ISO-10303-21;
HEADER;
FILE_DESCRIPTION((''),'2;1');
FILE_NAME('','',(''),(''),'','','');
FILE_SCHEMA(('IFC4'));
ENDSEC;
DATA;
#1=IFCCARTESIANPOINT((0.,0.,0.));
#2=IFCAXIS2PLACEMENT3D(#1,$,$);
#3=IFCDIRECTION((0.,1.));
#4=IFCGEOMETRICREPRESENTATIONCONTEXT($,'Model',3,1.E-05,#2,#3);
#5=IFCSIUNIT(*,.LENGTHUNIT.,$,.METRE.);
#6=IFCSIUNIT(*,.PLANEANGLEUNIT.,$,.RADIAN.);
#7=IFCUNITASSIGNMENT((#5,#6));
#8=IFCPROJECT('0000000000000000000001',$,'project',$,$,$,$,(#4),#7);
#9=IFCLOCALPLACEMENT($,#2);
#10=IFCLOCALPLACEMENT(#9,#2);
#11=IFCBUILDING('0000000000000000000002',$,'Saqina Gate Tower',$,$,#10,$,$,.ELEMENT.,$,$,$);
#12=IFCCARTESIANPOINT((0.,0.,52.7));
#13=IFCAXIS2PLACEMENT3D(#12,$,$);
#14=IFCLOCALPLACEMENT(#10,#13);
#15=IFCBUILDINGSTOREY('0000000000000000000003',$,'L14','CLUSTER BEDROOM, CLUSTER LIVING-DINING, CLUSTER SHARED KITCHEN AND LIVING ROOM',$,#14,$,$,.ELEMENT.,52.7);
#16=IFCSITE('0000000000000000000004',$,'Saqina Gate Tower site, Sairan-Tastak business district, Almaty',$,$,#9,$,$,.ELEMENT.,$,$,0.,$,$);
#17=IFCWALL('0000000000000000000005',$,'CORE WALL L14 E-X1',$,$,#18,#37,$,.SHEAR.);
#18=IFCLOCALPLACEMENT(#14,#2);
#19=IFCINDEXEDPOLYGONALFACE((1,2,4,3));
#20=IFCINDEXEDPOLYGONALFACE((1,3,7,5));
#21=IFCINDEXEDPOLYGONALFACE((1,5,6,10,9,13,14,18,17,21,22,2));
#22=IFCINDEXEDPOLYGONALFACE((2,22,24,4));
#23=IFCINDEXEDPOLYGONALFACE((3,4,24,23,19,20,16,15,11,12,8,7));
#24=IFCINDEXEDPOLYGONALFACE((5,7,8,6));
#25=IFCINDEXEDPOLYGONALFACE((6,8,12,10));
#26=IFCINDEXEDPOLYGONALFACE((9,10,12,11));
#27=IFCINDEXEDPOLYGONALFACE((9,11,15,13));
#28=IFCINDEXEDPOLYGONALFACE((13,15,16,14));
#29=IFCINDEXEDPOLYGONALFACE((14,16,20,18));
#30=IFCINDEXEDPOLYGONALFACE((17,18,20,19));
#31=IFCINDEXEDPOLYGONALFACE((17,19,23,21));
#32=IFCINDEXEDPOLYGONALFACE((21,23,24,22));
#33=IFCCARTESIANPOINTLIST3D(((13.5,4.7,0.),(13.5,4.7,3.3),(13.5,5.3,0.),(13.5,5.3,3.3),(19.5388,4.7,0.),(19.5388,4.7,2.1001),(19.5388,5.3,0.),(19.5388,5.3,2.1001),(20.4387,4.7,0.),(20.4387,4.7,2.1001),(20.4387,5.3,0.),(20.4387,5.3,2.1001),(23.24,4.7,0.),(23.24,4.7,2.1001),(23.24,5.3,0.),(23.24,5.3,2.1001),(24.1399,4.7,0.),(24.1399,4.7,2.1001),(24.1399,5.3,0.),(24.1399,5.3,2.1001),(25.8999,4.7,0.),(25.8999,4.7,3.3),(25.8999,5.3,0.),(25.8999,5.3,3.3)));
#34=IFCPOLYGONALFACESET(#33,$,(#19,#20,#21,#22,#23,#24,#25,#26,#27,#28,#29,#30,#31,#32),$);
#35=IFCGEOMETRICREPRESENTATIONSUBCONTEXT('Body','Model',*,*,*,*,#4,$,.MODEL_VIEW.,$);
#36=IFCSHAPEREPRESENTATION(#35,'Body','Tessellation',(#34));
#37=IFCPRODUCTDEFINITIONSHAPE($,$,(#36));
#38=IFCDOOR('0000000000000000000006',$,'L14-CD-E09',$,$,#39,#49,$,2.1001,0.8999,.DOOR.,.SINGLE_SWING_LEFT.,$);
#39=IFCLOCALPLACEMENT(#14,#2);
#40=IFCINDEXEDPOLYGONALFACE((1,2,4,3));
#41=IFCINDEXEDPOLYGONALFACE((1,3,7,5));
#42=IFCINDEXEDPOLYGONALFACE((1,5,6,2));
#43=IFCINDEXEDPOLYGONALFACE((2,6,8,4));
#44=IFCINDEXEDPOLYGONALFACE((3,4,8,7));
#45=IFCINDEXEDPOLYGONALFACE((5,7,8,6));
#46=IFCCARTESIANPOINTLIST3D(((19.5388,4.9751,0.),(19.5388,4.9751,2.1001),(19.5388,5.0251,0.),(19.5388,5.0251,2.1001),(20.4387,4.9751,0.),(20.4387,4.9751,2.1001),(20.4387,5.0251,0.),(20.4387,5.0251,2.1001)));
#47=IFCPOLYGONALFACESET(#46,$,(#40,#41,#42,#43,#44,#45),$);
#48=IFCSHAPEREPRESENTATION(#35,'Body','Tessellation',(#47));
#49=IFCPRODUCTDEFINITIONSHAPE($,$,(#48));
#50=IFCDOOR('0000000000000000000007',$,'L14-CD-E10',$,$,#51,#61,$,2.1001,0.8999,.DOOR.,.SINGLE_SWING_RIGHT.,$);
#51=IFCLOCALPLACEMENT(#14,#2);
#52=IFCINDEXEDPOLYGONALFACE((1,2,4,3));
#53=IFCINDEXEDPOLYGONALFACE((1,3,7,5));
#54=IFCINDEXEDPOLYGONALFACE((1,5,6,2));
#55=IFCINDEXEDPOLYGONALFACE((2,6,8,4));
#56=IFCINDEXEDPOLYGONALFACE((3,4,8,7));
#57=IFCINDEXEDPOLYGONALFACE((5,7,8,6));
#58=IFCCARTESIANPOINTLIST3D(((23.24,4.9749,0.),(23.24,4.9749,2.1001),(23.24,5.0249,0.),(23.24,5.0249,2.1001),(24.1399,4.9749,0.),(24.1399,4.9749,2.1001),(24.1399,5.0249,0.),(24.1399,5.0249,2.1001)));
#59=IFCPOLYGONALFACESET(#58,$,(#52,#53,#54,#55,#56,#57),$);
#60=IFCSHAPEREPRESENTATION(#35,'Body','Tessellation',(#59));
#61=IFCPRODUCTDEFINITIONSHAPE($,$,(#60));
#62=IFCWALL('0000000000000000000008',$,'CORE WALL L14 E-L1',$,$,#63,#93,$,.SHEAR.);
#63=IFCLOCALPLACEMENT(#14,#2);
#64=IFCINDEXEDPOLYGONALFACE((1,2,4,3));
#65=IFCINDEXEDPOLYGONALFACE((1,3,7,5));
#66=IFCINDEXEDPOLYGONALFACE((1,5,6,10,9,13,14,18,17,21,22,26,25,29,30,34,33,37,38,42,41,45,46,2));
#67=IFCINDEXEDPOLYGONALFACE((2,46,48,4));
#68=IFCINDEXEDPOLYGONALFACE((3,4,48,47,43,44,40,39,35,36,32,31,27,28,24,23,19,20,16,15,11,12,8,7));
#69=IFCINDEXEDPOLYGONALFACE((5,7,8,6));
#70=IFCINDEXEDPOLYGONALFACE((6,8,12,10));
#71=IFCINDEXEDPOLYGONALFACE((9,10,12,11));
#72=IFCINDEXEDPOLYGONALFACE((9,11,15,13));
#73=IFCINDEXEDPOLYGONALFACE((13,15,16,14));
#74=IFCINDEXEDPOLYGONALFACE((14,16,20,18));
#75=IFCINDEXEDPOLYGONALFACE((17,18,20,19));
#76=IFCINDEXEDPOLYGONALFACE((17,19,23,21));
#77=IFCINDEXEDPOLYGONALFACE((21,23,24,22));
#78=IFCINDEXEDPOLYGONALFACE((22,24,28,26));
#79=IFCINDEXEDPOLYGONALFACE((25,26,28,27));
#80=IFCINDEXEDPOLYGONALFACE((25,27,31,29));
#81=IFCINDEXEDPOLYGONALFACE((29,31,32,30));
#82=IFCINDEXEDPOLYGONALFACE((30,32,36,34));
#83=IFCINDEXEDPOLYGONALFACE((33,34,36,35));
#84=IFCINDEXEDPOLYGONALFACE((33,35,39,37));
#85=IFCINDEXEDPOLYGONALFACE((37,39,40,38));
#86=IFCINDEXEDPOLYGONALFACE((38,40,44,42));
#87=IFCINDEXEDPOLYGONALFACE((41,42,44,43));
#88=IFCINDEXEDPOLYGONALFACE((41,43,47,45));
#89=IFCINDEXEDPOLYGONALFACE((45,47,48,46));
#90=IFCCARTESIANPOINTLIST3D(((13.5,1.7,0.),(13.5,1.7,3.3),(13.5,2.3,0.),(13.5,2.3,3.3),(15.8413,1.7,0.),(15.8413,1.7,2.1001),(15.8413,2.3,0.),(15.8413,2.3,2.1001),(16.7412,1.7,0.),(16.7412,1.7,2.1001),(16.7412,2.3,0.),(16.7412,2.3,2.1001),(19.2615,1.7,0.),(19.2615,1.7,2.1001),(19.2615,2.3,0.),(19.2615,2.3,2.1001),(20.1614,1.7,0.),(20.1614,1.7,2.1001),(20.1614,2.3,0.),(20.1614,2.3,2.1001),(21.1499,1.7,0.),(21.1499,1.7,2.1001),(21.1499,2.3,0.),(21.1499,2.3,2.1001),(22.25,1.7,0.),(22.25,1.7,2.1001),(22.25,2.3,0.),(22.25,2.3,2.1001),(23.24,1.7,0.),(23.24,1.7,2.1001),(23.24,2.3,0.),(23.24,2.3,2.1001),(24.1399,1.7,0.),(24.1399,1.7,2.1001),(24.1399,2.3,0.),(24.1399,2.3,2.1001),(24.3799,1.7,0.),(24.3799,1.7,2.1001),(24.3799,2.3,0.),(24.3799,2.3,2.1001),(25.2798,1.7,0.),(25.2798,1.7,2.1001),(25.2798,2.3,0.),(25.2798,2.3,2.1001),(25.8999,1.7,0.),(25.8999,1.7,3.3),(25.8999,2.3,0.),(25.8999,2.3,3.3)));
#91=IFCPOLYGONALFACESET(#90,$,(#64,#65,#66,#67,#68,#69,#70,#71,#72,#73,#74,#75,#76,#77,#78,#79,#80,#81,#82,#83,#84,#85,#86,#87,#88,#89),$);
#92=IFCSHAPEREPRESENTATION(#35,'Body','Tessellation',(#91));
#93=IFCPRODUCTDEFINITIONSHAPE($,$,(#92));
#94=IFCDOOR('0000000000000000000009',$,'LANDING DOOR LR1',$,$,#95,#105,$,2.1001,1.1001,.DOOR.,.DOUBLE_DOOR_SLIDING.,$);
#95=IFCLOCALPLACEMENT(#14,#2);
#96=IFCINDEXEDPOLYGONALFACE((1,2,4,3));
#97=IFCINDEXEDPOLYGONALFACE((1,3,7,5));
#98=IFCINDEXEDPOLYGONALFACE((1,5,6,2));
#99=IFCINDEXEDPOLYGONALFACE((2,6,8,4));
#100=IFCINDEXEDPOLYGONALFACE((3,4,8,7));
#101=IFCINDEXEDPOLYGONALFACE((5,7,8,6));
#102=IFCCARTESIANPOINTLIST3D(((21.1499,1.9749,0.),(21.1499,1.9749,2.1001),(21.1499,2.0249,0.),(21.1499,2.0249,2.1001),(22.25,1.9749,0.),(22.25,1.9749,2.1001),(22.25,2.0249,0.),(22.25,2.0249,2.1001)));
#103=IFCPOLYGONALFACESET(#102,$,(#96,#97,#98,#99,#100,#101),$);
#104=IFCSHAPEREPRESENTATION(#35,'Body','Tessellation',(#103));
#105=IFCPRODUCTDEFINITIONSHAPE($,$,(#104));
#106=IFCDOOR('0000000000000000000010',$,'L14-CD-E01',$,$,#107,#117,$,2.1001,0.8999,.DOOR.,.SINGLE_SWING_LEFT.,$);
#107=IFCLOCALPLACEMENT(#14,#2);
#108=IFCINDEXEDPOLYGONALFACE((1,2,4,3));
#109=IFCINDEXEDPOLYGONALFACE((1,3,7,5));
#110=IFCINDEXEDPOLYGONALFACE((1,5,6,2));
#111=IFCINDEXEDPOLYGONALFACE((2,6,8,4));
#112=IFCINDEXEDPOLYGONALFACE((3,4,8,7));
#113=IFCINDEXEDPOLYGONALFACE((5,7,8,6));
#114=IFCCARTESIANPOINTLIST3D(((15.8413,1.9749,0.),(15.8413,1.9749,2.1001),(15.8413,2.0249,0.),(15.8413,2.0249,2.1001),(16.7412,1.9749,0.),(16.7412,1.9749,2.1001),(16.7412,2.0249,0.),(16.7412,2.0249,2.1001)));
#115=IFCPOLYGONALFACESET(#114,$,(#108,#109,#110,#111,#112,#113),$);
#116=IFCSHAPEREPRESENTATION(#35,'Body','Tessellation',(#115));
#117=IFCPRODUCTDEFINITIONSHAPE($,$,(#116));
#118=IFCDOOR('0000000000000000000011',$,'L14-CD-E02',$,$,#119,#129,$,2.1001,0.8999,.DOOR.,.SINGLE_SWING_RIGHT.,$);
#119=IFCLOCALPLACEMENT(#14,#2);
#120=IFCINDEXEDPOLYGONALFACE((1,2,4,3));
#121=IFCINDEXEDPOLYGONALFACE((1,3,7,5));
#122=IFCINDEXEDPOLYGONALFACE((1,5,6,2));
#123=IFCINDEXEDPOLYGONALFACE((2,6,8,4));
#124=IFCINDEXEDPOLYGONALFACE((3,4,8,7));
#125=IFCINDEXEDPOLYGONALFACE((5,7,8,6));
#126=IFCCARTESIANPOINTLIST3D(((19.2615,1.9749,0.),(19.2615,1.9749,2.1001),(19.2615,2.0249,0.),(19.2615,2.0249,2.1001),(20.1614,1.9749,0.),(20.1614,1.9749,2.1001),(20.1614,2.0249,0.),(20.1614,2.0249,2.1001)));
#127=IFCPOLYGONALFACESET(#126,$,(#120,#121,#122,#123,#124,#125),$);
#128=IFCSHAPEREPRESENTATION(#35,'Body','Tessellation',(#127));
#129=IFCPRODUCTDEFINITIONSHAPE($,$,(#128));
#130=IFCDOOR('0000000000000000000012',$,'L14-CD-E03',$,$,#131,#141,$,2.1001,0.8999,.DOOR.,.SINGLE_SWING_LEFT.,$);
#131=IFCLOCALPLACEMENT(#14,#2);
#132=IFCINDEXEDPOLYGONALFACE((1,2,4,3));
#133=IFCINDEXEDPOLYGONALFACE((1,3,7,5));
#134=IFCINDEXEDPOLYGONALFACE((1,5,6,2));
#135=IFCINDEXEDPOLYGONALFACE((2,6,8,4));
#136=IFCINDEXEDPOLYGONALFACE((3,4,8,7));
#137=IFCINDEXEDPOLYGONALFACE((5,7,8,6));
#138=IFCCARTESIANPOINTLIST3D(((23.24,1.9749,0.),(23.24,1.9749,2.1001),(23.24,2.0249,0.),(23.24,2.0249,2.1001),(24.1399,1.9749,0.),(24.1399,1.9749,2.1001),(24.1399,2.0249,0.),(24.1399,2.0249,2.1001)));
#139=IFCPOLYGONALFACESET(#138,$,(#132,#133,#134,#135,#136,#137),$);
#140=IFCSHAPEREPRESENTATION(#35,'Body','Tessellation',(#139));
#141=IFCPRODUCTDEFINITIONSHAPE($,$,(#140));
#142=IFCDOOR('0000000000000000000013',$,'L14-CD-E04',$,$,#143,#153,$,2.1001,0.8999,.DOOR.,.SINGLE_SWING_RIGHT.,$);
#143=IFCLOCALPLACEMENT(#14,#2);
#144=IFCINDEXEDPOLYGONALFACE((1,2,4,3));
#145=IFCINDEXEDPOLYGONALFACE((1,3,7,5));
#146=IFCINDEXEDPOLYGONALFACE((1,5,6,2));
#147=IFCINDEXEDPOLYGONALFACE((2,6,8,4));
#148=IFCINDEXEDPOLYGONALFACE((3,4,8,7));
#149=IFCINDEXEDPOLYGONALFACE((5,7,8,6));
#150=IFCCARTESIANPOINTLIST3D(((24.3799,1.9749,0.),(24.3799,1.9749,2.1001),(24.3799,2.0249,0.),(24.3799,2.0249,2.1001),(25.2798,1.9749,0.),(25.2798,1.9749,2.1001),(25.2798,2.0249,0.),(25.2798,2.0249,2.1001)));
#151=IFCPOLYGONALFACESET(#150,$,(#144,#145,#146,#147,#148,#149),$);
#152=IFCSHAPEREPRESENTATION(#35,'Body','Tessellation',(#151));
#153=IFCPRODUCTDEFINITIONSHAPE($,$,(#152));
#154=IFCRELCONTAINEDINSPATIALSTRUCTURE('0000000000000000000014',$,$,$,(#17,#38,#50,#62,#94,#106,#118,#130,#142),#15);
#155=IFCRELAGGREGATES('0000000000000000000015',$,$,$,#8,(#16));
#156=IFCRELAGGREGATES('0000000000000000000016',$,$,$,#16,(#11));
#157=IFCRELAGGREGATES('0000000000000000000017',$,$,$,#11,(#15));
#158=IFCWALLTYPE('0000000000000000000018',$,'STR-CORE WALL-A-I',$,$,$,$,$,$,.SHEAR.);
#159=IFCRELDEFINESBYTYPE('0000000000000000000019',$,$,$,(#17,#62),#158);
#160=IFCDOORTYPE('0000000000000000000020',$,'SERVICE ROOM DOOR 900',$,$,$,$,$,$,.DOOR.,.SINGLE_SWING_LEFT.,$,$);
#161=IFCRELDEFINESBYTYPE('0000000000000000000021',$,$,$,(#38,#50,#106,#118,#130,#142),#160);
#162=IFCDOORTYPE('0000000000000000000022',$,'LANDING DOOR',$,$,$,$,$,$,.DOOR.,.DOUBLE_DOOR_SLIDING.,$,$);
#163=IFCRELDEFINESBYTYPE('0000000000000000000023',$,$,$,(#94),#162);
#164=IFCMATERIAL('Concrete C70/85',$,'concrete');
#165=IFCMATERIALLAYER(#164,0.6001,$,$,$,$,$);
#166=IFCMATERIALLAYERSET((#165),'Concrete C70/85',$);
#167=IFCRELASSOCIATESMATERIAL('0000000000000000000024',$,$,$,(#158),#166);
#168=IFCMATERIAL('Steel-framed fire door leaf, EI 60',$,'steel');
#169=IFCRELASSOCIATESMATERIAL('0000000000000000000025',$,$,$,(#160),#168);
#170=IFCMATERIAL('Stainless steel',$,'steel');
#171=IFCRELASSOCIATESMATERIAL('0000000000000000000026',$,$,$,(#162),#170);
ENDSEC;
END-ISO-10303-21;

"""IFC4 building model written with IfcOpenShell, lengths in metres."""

from ifc_helpers import new_model, si_unit, direction, frame, frame_2d, origin, place, context, subcontext, project, spatial, rectangle, extrude, material, layer, layer_set, type_object, element, fill, save


model = new_model("IFC4")

# Units and contexts
model_context = context("Model", 3, precision=1e-05, world=origin(), true_north=direction((0.0, 1.0)))
body_context = subcontext(model_context, "Body", "Model", "MODEL_VIEW")
ifc_project = project(units=[si_unit("LENGTHUNIT", "METRE"), si_unit("PLANEANGLEUNIT", "RADIAN")], contexts=[model_context])

# Site, building, storey
site_placement = place(None, origin())
site = spatial("IfcSite", under=ifc_project, at=site_placement, Name="Saqina Gate Tower site, Sairan-Tastak business district, Almaty", CompositionType="ELEMENT", RefElevation=0.0)
building_placement = place(site_placement, origin())
building = spatial("IfcBuilding", under=site, at=building_placement, Name="Saqina Gate Tower", CompositionType="ELEMENT")
storey_placement = place(building_placement, frame((0.0, 0.0, 52.7)))
storey = spatial("IfcBuildingStorey", under=building, at=storey_placement, Name="L14", Description="CLUSTER BEDROOM, CLUSTER LIVING-DINING, CLUSTER SHARED KITCHEN AND LIVING ROOM", CompositionType="ELEMENT", Elevation=52.7)

# Walls, openings, doors
ifc_material_1 = material(Name="Concrete C70/85", Category="concrete")
ifc_layer_1 = layer(ifc_material_1, 0.6001)
ifc_layer_set_1 = layer_set([ifc_layer_1], Name="Concrete C70/85")
wall_type_1 = type_object("IfcWallType", Name="STR-CORE WALL-A-I", PredefinedType="SHEAR", material=ifc_layer_set_1)
wall_1_placement = place(storey_placement, frame((13.5, 5.0, 0.0), z_axis=(0.0, 0.0, 1.0), x_axis=(1.0, 0.0, 0.0)))
wall_1 = element("IfcWall", 1, at=wall_1_placement, inside=storey, type_object=wall_type_1, Name="CORE WALL L14 E-X1", PredefinedType="SHEAR", context=body_context, shape_type="SweptSolid", body=[
    extrude(rectangle(XDim=12.3999, YDim=0.6001, at=frame_2d((6.2, 0.0))), origin(), (0.0, 0.0, 1.0), 3.3),
])
opening_1_placement = place(wall_1_placement, frame((6.0388, 0.0, 0.0)))
opening_1 = element("IfcOpeningElement", 2, at=opening_1_placement, cuts=wall_1, PredefinedType="OPENING", context=body_context, shape_type="SweptSolid", body=[
    extrude(rectangle(XDim=0.8999, YDim=2.1001, at=frame_2d((0.45, 1.05))), frame((0.0, 0.312, 0.0), z_axis=(0.0, -1.0, 0.0), x_axis=(1.0, 0.0, 0.0)), (0.0, 0.0, 1.0), 0.624),
])
opening_2_placement = place(wall_1_placement, frame((9.74, 0.0, 0.0)))
opening_2 = element("IfcOpeningElement", 3, at=opening_2_placement, cuts=wall_1, PredefinedType="OPENING", context=body_context, shape_type="SweptSolid", body=[
    extrude(rectangle(XDim=0.8999, YDim=2.1001, at=frame_2d((0.45, 1.05))), frame((0.0, 0.312, 0.0), z_axis=(0.0, -1.0, 0.0), x_axis=(1.0, 0.0, 0.0)), (0.0, 0.0, 1.0), 0.624),
])
ifc_material_2 = material(Name="Steel-framed fire door leaf, EI 60", Category="steel")
door_type_1 = type_object("IfcDoorType", Name="SERVICE ROOM DOOR 900", OperationType="SINGLE_SWING_LEFT", PredefinedType="DOOR", material=ifc_material_2)
door_1_placement = place(opening_1_placement, frame((0.8999, 0.0, 0.0), z_axis=(0.0, 0.0, 1.0), x_axis=(-1.0, 0.0, 0.0)))
door_1 = element("IfcDoor", 4, at=door_1_placement, inside=storey, type_object=door_type_1, Name="L14-CD-E09", OperationType="SINGLE_SWING_LEFT", OverallHeight=2.1001, OverallWidth=0.8999, PredefinedType="DOOR", context=body_context, shape_type="SweptSolid", body=[
    extrude(rectangle(XDim=0.8999, YDim=2.1001, at=frame_2d((0.45, 1.05))), frame((0.0, 0.0249, 0.0), z_axis=(0.0, -1.0, 0.0), x_axis=(1.0, 0.0, 0.0)), (0.0, 0.0, 1.0), 0.05),
])
fill(opening_1, door_1)
door_2_placement = place(opening_2_placement, origin())
door_2 = element("IfcDoor", 5, at=door_2_placement, inside=storey, type_object=door_type_1, Name="L14-CD-E10", OperationType="SINGLE_SWING_RIGHT", OverallHeight=2.1001, OverallWidth=0.8999, PredefinedType="DOOR", context=body_context, shape_type="SweptSolid", body=[
    extrude(rectangle(XDim=0.8999, YDim=2.1001, at=frame_2d((0.45, 1.05))), frame((0.0, 0.0249, 0.0), z_axis=(0.0, -1.0, 0.0), x_axis=(1.0, 0.0, 0.0)), (0.0, 0.0, 1.0), 0.05),
])
fill(opening_2, door_2)
wall_2_placement = place(storey_placement, frame((13.5, 2.0, 0.0), z_axis=(0.0, 0.0, 1.0), x_axis=(1.0, 0.0, 0.0)))
wall_2 = element("IfcWall", 6, at=wall_2_placement, inside=storey, type_object=wall_type_1, Name="CORE WALL L14 E-L1", PredefinedType="SHEAR", context=body_context, shape_type="SweptSolid", body=[
    extrude(rectangle(XDim=12.3999, YDim=0.6001, at=frame_2d((6.2, 0.0))), origin(), (0.0, 0.0, 1.0), 3.3),
])
opening_3_placement = place(wall_2_placement, frame((7.6499, 0.0, 0.0)))
opening_3 = element("IfcOpeningElement", 7, at=opening_3_placement, cuts=wall_2, PredefinedType="OPENING", context=body_context, shape_type="SweptSolid", body=[
    extrude(rectangle(XDim=1.1001, YDim=2.1001, at=frame_2d((0.55, 1.05))), frame((0.0, 0.312, 0.0), z_axis=(0.0, -1.0, 0.0), x_axis=(1.0, 0.0, 0.0)), (0.0, 0.0, 1.0), 0.624),
])
opening_4_placement = place(wall_2_placement, frame((2.3413, 0.0, 0.0)))
opening_4 = element("IfcOpeningElement", 8, at=opening_4_placement, cuts=wall_2, PredefinedType="OPENING", context=body_context, shape_type="SweptSolid", body=[
    extrude(rectangle(XDim=0.8999, YDim=2.1001, at=frame_2d((0.45, 1.05))), frame((0.0, 0.312, 0.0), z_axis=(0.0, -1.0, 0.0), x_axis=(1.0, 0.0, 0.0)), (0.0, 0.0, 1.0), 0.624),
])
opening_5_placement = place(wall_2_placement, frame((5.7615, 0.0, 0.0)))
opening_5 = element("IfcOpeningElement", 9, at=opening_5_placement, cuts=wall_2, PredefinedType="OPENING", context=body_context, shape_type="SweptSolid", body=[
    extrude(rectangle(XDim=0.8999, YDim=2.1001, at=frame_2d((0.45, 1.05))), frame((0.0, 0.312, 0.0), z_axis=(0.0, -1.0, 0.0), x_axis=(1.0, 0.0, 0.0)), (0.0, 0.0, 1.0), 0.624),
])
opening_6_placement = place(wall_2_placement, frame((9.74, 0.0, 0.0)))
opening_6 = element("IfcOpeningElement", 10, at=opening_6_placement, cuts=wall_2, PredefinedType="OPENING", context=body_context, shape_type="SweptSolid", body=[
    extrude(rectangle(XDim=0.8999, YDim=2.1001, at=frame_2d((0.45, 1.05))), frame((0.0, 0.312, 0.0), z_axis=(0.0, -1.0, 0.0), x_axis=(1.0, 0.0, 0.0)), (0.0, 0.0, 1.0), 0.624),
])
opening_7_placement = place(wall_2_placement, frame((10.8799, 0.0, 0.0)))
opening_7 = element("IfcOpeningElement", 11, at=opening_7_placement, cuts=wall_2, PredefinedType="OPENING", context=body_context, shape_type="SweptSolid", body=[
    extrude(rectangle(XDim=0.8999, YDim=2.1001, at=frame_2d((0.45, 1.05))), frame((0.0, 0.312, 0.0), z_axis=(0.0, -1.0, 0.0), x_axis=(1.0, 0.0, 0.0)), (0.0, 0.0, 1.0), 0.624),
])
ifc_material_3 = material(Name="Stainless steel", Category="steel")
door_type_2 = type_object("IfcDoorType", Name="LANDING DOOR", OperationType="DOUBLE_DOOR_SLIDING", PredefinedType="DOOR", material=ifc_material_3)
door_3_placement = place(opening_3_placement, origin())
door_3 = element("IfcDoor", 12, at=door_3_placement, inside=storey, type_object=door_type_2, Name="LANDING DOOR LR1", OperationType="DOUBLE_DOOR_SLIDING", OverallHeight=2.1001, OverallWidth=1.1001, PredefinedType="DOOR", context=body_context, shape_type="SweptSolid", body=[
    extrude(rectangle(XDim=1.1001, YDim=2.1001, at=frame_2d((0.55, 1.05))), frame((0.0, 0.0249, 0.0), z_axis=(0.0, -1.0, 0.0), x_axis=(1.0, 0.0, 0.0)), (0.0, 0.0, 1.0), 0.05),
])
fill(opening_3, door_3)
door_4_placement = place(opening_4_placement, origin())
door_4 = element("IfcDoor", 13, at=door_4_placement, inside=storey, type_object=door_type_1, Name="L14-CD-E01", OperationType="SINGLE_SWING_LEFT", OverallHeight=2.1001, OverallWidth=0.8999, PredefinedType="DOOR", context=body_context, shape_type="SweptSolid", body=[
    extrude(rectangle(XDim=0.8999, YDim=2.1001, at=frame_2d((0.45, 1.05))), frame((0.0, 0.0249, 0.0), z_axis=(0.0, -1.0, 0.0), x_axis=(1.0, 0.0, 0.0)), (0.0, 0.0, 1.0), 0.05),
])
fill(opening_4, door_4)
door_5_placement = place(opening_5_placement, origin())
door_5 = element("IfcDoor", 14, at=door_5_placement, inside=storey, type_object=door_type_1, Name="L14-CD-E02", OperationType="SINGLE_SWING_RIGHT", OverallHeight=2.1001, OverallWidth=0.8999, PredefinedType="DOOR", context=body_context, shape_type="SweptSolid", body=[
    extrude(rectangle(XDim=0.8999, YDim=2.1001, at=frame_2d((0.45, 1.05))), frame((0.0, 0.0249, 0.0), z_axis=(0.0, -1.0, 0.0), x_axis=(1.0, 0.0, 0.0)), (0.0, 0.0, 1.0), 0.05),
])
fill(opening_5, door_5)
door_6_placement = place(opening_6_placement, origin())
door_6 = element("IfcDoor", 15, at=door_6_placement, inside=storey, type_object=door_type_1, Name="L14-CD-E03", OperationType="SINGLE_SWING_LEFT", OverallHeight=2.1001, OverallWidth=0.8999, PredefinedType="DOOR", context=body_context, shape_type="SweptSolid", body=[
    extrude(rectangle(XDim=0.8999, YDim=2.1001, at=frame_2d((0.45, 1.05))), frame((0.0, 0.0249, 0.0), z_axis=(0.0, -1.0, 0.0), x_axis=(1.0, 0.0, 0.0)), (0.0, 0.0, 1.0), 0.05),
])
fill(opening_6, door_6)
door_7_placement = place(opening_7_placement, origin())
door_7 = element("IfcDoor", 16, at=door_7_placement, inside=storey, type_object=door_type_1, Name="L14-CD-E04", OperationType="SINGLE_SWING_RIGHT", OverallHeight=2.1001, OverallWidth=0.8999, PredefinedType="DOOR", context=body_context, shape_type="SweptSolid", body=[
    extrude(rectangle(XDim=0.8999, YDim=2.1001, at=frame_2d((0.45, 1.05))), frame((0.0, 0.0249, 0.0), z_axis=(0.0, -1.0, 0.0), x_axis=(1.0, 0.0, 0.0)), (0.0, 0.0, 1.0), 0.05),
])
fill(opening_7, door_7)

save(model, "model.ifc")
